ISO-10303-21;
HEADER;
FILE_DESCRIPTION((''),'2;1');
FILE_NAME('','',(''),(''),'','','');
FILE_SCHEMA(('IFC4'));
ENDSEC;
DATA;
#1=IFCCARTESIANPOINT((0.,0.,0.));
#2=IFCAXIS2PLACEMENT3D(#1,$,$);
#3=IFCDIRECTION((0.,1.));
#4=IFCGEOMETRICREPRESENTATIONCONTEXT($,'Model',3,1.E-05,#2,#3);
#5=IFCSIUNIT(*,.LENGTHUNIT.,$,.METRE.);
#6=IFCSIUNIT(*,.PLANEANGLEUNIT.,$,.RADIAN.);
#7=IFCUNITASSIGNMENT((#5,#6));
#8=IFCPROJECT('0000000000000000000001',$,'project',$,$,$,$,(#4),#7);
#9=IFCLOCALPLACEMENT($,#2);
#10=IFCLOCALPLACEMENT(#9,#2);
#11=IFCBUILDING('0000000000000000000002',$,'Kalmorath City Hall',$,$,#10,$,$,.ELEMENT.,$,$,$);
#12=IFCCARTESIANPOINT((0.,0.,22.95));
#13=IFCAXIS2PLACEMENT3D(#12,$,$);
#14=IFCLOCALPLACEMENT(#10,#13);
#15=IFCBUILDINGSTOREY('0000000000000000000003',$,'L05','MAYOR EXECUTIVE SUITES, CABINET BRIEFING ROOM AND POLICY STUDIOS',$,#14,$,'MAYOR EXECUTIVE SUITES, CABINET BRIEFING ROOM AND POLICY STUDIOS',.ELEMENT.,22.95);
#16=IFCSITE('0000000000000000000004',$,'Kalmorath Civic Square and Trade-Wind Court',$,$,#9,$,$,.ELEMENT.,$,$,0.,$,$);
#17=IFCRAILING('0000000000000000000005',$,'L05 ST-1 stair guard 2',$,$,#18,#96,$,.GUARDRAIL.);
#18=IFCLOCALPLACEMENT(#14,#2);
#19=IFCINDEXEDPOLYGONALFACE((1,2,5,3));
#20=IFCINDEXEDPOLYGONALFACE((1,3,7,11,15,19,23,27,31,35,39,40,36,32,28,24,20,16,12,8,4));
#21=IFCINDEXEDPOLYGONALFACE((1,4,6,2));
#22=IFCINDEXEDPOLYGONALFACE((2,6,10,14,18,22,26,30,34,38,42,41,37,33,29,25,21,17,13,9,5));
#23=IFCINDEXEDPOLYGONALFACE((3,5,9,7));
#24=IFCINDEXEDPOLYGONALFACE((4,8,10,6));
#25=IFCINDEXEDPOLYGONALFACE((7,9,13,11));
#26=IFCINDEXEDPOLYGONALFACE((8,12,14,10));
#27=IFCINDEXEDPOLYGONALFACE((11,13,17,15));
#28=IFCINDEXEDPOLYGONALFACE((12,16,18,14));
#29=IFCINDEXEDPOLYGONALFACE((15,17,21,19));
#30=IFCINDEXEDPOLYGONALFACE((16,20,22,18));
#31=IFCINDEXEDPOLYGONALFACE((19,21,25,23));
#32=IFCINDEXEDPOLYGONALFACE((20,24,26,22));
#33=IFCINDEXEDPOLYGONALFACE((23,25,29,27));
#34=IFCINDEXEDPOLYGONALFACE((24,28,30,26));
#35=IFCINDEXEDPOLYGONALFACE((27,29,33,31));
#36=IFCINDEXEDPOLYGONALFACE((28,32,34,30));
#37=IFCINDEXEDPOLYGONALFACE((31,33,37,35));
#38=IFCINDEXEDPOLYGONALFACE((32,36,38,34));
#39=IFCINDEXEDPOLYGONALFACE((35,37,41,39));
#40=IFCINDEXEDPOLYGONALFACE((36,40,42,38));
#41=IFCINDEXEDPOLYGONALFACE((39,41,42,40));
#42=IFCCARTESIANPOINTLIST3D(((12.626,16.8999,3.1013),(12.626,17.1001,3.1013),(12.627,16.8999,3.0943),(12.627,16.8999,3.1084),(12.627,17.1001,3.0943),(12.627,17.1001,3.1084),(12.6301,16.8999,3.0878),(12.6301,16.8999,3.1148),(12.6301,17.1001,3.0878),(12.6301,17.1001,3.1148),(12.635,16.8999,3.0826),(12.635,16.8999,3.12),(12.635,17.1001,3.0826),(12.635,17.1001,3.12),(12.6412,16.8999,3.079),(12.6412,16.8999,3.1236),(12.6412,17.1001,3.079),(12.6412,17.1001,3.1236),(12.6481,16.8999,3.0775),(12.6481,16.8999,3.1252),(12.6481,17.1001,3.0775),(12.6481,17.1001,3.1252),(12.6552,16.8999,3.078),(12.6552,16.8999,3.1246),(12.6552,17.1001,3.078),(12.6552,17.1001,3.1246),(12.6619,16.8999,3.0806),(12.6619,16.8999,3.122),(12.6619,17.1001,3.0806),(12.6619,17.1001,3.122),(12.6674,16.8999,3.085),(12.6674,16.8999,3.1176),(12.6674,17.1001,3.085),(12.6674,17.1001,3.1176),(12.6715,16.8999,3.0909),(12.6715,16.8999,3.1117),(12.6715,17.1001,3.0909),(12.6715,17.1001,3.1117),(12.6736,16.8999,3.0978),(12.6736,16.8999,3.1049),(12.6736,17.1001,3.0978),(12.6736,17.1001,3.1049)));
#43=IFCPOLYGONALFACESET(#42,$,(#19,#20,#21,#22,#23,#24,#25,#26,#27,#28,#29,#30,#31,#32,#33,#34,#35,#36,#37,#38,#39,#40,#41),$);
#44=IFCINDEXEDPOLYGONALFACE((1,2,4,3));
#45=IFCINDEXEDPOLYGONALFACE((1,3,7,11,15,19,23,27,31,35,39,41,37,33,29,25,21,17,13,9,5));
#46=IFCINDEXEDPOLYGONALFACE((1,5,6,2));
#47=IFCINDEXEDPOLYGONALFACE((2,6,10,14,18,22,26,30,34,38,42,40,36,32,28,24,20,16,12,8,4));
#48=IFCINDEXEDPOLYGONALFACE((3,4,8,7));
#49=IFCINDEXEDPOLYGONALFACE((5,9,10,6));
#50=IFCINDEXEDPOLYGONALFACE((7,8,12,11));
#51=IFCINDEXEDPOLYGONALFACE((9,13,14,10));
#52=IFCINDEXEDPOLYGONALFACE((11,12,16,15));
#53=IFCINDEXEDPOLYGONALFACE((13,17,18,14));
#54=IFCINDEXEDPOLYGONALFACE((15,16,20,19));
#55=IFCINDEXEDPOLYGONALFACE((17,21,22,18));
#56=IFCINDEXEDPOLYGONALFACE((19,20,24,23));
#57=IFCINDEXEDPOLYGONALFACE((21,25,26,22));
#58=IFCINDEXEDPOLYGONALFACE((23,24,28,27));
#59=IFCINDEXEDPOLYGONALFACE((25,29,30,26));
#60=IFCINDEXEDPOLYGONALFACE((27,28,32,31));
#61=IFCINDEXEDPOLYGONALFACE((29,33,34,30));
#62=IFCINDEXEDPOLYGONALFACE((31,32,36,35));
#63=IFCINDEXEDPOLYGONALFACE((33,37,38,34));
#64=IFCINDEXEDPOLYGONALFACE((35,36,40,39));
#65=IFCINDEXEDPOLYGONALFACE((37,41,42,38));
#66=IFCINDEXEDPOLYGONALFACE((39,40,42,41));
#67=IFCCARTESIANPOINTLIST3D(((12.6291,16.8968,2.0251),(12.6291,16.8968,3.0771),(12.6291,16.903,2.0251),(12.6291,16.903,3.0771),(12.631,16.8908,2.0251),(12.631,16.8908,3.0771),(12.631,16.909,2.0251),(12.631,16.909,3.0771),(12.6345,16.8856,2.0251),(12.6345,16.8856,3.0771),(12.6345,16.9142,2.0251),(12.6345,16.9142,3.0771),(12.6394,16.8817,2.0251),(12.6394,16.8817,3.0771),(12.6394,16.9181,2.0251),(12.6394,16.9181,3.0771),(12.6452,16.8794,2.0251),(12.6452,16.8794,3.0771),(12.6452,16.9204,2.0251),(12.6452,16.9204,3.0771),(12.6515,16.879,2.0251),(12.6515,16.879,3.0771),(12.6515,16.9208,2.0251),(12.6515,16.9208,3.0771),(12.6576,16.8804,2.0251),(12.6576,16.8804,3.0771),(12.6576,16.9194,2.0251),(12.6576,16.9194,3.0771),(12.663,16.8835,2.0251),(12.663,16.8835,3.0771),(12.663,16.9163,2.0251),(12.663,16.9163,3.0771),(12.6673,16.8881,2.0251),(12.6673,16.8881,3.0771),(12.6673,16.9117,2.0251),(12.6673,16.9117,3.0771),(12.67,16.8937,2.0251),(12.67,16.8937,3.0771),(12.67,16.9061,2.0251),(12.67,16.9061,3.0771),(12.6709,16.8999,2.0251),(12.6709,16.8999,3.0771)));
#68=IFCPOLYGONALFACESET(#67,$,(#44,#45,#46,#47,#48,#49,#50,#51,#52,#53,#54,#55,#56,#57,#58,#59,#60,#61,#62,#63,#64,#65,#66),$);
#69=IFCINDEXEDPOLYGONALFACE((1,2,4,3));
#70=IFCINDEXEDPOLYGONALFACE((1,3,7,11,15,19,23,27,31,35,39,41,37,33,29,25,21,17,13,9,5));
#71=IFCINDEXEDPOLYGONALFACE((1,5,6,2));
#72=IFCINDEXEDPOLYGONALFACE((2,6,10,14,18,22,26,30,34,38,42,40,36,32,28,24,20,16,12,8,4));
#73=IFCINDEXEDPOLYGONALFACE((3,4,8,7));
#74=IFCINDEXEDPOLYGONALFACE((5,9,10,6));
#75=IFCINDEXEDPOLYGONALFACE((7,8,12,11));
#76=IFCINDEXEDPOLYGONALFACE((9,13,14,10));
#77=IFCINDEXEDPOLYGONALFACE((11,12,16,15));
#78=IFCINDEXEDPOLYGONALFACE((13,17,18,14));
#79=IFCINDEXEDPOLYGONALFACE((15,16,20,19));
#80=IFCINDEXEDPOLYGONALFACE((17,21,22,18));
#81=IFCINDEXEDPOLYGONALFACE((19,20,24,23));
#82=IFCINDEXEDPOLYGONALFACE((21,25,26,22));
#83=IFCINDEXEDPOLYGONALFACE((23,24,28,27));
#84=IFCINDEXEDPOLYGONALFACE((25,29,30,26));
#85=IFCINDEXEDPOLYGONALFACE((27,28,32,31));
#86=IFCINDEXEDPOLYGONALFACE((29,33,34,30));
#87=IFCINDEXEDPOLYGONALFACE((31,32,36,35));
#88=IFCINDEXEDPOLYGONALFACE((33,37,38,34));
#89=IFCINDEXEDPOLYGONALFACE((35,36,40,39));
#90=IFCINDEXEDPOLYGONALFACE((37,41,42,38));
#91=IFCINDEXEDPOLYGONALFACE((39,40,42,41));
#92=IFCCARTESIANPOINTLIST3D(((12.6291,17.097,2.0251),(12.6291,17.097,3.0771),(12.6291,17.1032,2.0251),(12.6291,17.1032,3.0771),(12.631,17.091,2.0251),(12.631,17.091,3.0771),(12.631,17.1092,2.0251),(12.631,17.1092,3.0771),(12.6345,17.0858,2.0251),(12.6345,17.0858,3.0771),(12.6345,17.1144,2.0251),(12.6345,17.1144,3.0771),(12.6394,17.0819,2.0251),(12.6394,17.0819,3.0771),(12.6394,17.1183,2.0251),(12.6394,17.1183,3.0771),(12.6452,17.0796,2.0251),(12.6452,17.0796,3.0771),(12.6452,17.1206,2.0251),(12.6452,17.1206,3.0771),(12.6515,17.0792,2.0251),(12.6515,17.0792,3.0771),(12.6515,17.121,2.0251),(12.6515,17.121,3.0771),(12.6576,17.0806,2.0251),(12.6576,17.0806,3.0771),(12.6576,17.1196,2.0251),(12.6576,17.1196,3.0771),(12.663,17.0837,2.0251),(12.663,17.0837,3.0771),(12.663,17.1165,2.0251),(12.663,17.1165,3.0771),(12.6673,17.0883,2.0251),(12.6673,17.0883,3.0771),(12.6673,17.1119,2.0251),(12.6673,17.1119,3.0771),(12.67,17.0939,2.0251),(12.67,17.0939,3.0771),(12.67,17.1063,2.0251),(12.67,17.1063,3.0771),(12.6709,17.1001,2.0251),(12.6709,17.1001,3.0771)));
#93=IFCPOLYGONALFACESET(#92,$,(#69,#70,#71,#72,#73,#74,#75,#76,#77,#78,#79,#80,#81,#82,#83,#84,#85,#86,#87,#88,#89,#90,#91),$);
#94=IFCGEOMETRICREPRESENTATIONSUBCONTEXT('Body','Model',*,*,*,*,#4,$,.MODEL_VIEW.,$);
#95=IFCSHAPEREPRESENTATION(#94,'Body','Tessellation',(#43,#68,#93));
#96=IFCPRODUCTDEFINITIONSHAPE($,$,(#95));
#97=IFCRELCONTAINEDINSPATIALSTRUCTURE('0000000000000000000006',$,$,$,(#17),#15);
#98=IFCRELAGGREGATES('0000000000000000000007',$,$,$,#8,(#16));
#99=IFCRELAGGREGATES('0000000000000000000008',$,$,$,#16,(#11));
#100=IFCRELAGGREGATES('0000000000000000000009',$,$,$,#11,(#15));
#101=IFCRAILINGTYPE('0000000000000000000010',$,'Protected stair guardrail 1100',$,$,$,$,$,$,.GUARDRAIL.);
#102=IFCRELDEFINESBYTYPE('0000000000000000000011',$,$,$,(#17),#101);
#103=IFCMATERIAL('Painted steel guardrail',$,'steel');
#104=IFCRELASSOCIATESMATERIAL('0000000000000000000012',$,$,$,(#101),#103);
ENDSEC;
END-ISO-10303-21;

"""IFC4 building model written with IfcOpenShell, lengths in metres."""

from ifc_helpers import new_model, si_unit, direction, frame, origin, origin_2d, place, context, subcontext, project, spatial, circle, extrude, material, type_object, element, save


model = new_model("IFC4")

# Units and contexts
model_context = context("Model", 3, precision=1e-05, world=origin(), true_north=direction((0.0, 1.0)))
body_context = subcontext(model_context, "Body", "Model", "MODEL_VIEW")
ifc_project = project(units=[si_unit("LENGTHUNIT", "METRE"), si_unit("PLANEANGLEUNIT", "RADIAN")], contexts=[model_context])

# Site, building, storey
site_placement = place(None, origin())
site = spatial("IfcSite", under=ifc_project, at=site_placement, Name="Kalmorath Civic Square and Trade-Wind Court", CompositionType="ELEMENT", RefElevation=0.0)
building_placement = place(site_placement, origin())
building = spatial("IfcBuilding", under=site, at=building_placement, Name="Kalmorath City Hall", CompositionType="ELEMENT")
storey_placement = place(building_placement, frame((0.0, 0.0, 22.95)))
storey = spatial("IfcBuildingStorey", under=building, at=storey_placement, Name="L05", Description="MAYOR EXECUTIVE SUITES, CABINET BRIEFING ROOM AND POLICY STUDIOS", LongName="MAYOR EXECUTIVE SUITES, CABINET BRIEFING ROOM AND POLICY STUDIOS", CompositionType="ELEMENT", Elevation=22.95)

# Railing
ifc_material_1 = material(Name="Painted steel guardrail", Category="steel")
railing_type_1 = type_object("IfcRailingType", Name="Protected stair guardrail 1100", PredefinedType="GUARDRAIL", material=ifc_material_1)
railing_1_placement = place(storey_placement, frame((12.6499, 16.8999, 2.0251)))
element("IfcRailing", 1, at=railing_1_placement, inside=storey, type_object=railing_type_1, Name="L05 ST-1 stair guard 2", PredefinedType="GUARDRAIL", context=body_context, shape_type="SweptSolid", body=[
    extrude(circle(Radius=0.0239, at=origin_2d()), frame((0.0, 0.0, 1.0762), z_axis=(0.0, 1.0, 0.0), x_axis=(-1.0, 0.0, 0.0)), (0.0, 0.0, 1.0), 0.2002),
    extrude(circle(Radius=0.021, at=origin_2d()), origin(), (0.0, 0.0, 1.0), 1.052),
    extrude(circle(Radius=0.021, at=origin_2d()), frame((0.0, 0.2002, 0.0)), (0.0, 0.0, 1.0), 1.052),
])

save(model, "model.ifc")
